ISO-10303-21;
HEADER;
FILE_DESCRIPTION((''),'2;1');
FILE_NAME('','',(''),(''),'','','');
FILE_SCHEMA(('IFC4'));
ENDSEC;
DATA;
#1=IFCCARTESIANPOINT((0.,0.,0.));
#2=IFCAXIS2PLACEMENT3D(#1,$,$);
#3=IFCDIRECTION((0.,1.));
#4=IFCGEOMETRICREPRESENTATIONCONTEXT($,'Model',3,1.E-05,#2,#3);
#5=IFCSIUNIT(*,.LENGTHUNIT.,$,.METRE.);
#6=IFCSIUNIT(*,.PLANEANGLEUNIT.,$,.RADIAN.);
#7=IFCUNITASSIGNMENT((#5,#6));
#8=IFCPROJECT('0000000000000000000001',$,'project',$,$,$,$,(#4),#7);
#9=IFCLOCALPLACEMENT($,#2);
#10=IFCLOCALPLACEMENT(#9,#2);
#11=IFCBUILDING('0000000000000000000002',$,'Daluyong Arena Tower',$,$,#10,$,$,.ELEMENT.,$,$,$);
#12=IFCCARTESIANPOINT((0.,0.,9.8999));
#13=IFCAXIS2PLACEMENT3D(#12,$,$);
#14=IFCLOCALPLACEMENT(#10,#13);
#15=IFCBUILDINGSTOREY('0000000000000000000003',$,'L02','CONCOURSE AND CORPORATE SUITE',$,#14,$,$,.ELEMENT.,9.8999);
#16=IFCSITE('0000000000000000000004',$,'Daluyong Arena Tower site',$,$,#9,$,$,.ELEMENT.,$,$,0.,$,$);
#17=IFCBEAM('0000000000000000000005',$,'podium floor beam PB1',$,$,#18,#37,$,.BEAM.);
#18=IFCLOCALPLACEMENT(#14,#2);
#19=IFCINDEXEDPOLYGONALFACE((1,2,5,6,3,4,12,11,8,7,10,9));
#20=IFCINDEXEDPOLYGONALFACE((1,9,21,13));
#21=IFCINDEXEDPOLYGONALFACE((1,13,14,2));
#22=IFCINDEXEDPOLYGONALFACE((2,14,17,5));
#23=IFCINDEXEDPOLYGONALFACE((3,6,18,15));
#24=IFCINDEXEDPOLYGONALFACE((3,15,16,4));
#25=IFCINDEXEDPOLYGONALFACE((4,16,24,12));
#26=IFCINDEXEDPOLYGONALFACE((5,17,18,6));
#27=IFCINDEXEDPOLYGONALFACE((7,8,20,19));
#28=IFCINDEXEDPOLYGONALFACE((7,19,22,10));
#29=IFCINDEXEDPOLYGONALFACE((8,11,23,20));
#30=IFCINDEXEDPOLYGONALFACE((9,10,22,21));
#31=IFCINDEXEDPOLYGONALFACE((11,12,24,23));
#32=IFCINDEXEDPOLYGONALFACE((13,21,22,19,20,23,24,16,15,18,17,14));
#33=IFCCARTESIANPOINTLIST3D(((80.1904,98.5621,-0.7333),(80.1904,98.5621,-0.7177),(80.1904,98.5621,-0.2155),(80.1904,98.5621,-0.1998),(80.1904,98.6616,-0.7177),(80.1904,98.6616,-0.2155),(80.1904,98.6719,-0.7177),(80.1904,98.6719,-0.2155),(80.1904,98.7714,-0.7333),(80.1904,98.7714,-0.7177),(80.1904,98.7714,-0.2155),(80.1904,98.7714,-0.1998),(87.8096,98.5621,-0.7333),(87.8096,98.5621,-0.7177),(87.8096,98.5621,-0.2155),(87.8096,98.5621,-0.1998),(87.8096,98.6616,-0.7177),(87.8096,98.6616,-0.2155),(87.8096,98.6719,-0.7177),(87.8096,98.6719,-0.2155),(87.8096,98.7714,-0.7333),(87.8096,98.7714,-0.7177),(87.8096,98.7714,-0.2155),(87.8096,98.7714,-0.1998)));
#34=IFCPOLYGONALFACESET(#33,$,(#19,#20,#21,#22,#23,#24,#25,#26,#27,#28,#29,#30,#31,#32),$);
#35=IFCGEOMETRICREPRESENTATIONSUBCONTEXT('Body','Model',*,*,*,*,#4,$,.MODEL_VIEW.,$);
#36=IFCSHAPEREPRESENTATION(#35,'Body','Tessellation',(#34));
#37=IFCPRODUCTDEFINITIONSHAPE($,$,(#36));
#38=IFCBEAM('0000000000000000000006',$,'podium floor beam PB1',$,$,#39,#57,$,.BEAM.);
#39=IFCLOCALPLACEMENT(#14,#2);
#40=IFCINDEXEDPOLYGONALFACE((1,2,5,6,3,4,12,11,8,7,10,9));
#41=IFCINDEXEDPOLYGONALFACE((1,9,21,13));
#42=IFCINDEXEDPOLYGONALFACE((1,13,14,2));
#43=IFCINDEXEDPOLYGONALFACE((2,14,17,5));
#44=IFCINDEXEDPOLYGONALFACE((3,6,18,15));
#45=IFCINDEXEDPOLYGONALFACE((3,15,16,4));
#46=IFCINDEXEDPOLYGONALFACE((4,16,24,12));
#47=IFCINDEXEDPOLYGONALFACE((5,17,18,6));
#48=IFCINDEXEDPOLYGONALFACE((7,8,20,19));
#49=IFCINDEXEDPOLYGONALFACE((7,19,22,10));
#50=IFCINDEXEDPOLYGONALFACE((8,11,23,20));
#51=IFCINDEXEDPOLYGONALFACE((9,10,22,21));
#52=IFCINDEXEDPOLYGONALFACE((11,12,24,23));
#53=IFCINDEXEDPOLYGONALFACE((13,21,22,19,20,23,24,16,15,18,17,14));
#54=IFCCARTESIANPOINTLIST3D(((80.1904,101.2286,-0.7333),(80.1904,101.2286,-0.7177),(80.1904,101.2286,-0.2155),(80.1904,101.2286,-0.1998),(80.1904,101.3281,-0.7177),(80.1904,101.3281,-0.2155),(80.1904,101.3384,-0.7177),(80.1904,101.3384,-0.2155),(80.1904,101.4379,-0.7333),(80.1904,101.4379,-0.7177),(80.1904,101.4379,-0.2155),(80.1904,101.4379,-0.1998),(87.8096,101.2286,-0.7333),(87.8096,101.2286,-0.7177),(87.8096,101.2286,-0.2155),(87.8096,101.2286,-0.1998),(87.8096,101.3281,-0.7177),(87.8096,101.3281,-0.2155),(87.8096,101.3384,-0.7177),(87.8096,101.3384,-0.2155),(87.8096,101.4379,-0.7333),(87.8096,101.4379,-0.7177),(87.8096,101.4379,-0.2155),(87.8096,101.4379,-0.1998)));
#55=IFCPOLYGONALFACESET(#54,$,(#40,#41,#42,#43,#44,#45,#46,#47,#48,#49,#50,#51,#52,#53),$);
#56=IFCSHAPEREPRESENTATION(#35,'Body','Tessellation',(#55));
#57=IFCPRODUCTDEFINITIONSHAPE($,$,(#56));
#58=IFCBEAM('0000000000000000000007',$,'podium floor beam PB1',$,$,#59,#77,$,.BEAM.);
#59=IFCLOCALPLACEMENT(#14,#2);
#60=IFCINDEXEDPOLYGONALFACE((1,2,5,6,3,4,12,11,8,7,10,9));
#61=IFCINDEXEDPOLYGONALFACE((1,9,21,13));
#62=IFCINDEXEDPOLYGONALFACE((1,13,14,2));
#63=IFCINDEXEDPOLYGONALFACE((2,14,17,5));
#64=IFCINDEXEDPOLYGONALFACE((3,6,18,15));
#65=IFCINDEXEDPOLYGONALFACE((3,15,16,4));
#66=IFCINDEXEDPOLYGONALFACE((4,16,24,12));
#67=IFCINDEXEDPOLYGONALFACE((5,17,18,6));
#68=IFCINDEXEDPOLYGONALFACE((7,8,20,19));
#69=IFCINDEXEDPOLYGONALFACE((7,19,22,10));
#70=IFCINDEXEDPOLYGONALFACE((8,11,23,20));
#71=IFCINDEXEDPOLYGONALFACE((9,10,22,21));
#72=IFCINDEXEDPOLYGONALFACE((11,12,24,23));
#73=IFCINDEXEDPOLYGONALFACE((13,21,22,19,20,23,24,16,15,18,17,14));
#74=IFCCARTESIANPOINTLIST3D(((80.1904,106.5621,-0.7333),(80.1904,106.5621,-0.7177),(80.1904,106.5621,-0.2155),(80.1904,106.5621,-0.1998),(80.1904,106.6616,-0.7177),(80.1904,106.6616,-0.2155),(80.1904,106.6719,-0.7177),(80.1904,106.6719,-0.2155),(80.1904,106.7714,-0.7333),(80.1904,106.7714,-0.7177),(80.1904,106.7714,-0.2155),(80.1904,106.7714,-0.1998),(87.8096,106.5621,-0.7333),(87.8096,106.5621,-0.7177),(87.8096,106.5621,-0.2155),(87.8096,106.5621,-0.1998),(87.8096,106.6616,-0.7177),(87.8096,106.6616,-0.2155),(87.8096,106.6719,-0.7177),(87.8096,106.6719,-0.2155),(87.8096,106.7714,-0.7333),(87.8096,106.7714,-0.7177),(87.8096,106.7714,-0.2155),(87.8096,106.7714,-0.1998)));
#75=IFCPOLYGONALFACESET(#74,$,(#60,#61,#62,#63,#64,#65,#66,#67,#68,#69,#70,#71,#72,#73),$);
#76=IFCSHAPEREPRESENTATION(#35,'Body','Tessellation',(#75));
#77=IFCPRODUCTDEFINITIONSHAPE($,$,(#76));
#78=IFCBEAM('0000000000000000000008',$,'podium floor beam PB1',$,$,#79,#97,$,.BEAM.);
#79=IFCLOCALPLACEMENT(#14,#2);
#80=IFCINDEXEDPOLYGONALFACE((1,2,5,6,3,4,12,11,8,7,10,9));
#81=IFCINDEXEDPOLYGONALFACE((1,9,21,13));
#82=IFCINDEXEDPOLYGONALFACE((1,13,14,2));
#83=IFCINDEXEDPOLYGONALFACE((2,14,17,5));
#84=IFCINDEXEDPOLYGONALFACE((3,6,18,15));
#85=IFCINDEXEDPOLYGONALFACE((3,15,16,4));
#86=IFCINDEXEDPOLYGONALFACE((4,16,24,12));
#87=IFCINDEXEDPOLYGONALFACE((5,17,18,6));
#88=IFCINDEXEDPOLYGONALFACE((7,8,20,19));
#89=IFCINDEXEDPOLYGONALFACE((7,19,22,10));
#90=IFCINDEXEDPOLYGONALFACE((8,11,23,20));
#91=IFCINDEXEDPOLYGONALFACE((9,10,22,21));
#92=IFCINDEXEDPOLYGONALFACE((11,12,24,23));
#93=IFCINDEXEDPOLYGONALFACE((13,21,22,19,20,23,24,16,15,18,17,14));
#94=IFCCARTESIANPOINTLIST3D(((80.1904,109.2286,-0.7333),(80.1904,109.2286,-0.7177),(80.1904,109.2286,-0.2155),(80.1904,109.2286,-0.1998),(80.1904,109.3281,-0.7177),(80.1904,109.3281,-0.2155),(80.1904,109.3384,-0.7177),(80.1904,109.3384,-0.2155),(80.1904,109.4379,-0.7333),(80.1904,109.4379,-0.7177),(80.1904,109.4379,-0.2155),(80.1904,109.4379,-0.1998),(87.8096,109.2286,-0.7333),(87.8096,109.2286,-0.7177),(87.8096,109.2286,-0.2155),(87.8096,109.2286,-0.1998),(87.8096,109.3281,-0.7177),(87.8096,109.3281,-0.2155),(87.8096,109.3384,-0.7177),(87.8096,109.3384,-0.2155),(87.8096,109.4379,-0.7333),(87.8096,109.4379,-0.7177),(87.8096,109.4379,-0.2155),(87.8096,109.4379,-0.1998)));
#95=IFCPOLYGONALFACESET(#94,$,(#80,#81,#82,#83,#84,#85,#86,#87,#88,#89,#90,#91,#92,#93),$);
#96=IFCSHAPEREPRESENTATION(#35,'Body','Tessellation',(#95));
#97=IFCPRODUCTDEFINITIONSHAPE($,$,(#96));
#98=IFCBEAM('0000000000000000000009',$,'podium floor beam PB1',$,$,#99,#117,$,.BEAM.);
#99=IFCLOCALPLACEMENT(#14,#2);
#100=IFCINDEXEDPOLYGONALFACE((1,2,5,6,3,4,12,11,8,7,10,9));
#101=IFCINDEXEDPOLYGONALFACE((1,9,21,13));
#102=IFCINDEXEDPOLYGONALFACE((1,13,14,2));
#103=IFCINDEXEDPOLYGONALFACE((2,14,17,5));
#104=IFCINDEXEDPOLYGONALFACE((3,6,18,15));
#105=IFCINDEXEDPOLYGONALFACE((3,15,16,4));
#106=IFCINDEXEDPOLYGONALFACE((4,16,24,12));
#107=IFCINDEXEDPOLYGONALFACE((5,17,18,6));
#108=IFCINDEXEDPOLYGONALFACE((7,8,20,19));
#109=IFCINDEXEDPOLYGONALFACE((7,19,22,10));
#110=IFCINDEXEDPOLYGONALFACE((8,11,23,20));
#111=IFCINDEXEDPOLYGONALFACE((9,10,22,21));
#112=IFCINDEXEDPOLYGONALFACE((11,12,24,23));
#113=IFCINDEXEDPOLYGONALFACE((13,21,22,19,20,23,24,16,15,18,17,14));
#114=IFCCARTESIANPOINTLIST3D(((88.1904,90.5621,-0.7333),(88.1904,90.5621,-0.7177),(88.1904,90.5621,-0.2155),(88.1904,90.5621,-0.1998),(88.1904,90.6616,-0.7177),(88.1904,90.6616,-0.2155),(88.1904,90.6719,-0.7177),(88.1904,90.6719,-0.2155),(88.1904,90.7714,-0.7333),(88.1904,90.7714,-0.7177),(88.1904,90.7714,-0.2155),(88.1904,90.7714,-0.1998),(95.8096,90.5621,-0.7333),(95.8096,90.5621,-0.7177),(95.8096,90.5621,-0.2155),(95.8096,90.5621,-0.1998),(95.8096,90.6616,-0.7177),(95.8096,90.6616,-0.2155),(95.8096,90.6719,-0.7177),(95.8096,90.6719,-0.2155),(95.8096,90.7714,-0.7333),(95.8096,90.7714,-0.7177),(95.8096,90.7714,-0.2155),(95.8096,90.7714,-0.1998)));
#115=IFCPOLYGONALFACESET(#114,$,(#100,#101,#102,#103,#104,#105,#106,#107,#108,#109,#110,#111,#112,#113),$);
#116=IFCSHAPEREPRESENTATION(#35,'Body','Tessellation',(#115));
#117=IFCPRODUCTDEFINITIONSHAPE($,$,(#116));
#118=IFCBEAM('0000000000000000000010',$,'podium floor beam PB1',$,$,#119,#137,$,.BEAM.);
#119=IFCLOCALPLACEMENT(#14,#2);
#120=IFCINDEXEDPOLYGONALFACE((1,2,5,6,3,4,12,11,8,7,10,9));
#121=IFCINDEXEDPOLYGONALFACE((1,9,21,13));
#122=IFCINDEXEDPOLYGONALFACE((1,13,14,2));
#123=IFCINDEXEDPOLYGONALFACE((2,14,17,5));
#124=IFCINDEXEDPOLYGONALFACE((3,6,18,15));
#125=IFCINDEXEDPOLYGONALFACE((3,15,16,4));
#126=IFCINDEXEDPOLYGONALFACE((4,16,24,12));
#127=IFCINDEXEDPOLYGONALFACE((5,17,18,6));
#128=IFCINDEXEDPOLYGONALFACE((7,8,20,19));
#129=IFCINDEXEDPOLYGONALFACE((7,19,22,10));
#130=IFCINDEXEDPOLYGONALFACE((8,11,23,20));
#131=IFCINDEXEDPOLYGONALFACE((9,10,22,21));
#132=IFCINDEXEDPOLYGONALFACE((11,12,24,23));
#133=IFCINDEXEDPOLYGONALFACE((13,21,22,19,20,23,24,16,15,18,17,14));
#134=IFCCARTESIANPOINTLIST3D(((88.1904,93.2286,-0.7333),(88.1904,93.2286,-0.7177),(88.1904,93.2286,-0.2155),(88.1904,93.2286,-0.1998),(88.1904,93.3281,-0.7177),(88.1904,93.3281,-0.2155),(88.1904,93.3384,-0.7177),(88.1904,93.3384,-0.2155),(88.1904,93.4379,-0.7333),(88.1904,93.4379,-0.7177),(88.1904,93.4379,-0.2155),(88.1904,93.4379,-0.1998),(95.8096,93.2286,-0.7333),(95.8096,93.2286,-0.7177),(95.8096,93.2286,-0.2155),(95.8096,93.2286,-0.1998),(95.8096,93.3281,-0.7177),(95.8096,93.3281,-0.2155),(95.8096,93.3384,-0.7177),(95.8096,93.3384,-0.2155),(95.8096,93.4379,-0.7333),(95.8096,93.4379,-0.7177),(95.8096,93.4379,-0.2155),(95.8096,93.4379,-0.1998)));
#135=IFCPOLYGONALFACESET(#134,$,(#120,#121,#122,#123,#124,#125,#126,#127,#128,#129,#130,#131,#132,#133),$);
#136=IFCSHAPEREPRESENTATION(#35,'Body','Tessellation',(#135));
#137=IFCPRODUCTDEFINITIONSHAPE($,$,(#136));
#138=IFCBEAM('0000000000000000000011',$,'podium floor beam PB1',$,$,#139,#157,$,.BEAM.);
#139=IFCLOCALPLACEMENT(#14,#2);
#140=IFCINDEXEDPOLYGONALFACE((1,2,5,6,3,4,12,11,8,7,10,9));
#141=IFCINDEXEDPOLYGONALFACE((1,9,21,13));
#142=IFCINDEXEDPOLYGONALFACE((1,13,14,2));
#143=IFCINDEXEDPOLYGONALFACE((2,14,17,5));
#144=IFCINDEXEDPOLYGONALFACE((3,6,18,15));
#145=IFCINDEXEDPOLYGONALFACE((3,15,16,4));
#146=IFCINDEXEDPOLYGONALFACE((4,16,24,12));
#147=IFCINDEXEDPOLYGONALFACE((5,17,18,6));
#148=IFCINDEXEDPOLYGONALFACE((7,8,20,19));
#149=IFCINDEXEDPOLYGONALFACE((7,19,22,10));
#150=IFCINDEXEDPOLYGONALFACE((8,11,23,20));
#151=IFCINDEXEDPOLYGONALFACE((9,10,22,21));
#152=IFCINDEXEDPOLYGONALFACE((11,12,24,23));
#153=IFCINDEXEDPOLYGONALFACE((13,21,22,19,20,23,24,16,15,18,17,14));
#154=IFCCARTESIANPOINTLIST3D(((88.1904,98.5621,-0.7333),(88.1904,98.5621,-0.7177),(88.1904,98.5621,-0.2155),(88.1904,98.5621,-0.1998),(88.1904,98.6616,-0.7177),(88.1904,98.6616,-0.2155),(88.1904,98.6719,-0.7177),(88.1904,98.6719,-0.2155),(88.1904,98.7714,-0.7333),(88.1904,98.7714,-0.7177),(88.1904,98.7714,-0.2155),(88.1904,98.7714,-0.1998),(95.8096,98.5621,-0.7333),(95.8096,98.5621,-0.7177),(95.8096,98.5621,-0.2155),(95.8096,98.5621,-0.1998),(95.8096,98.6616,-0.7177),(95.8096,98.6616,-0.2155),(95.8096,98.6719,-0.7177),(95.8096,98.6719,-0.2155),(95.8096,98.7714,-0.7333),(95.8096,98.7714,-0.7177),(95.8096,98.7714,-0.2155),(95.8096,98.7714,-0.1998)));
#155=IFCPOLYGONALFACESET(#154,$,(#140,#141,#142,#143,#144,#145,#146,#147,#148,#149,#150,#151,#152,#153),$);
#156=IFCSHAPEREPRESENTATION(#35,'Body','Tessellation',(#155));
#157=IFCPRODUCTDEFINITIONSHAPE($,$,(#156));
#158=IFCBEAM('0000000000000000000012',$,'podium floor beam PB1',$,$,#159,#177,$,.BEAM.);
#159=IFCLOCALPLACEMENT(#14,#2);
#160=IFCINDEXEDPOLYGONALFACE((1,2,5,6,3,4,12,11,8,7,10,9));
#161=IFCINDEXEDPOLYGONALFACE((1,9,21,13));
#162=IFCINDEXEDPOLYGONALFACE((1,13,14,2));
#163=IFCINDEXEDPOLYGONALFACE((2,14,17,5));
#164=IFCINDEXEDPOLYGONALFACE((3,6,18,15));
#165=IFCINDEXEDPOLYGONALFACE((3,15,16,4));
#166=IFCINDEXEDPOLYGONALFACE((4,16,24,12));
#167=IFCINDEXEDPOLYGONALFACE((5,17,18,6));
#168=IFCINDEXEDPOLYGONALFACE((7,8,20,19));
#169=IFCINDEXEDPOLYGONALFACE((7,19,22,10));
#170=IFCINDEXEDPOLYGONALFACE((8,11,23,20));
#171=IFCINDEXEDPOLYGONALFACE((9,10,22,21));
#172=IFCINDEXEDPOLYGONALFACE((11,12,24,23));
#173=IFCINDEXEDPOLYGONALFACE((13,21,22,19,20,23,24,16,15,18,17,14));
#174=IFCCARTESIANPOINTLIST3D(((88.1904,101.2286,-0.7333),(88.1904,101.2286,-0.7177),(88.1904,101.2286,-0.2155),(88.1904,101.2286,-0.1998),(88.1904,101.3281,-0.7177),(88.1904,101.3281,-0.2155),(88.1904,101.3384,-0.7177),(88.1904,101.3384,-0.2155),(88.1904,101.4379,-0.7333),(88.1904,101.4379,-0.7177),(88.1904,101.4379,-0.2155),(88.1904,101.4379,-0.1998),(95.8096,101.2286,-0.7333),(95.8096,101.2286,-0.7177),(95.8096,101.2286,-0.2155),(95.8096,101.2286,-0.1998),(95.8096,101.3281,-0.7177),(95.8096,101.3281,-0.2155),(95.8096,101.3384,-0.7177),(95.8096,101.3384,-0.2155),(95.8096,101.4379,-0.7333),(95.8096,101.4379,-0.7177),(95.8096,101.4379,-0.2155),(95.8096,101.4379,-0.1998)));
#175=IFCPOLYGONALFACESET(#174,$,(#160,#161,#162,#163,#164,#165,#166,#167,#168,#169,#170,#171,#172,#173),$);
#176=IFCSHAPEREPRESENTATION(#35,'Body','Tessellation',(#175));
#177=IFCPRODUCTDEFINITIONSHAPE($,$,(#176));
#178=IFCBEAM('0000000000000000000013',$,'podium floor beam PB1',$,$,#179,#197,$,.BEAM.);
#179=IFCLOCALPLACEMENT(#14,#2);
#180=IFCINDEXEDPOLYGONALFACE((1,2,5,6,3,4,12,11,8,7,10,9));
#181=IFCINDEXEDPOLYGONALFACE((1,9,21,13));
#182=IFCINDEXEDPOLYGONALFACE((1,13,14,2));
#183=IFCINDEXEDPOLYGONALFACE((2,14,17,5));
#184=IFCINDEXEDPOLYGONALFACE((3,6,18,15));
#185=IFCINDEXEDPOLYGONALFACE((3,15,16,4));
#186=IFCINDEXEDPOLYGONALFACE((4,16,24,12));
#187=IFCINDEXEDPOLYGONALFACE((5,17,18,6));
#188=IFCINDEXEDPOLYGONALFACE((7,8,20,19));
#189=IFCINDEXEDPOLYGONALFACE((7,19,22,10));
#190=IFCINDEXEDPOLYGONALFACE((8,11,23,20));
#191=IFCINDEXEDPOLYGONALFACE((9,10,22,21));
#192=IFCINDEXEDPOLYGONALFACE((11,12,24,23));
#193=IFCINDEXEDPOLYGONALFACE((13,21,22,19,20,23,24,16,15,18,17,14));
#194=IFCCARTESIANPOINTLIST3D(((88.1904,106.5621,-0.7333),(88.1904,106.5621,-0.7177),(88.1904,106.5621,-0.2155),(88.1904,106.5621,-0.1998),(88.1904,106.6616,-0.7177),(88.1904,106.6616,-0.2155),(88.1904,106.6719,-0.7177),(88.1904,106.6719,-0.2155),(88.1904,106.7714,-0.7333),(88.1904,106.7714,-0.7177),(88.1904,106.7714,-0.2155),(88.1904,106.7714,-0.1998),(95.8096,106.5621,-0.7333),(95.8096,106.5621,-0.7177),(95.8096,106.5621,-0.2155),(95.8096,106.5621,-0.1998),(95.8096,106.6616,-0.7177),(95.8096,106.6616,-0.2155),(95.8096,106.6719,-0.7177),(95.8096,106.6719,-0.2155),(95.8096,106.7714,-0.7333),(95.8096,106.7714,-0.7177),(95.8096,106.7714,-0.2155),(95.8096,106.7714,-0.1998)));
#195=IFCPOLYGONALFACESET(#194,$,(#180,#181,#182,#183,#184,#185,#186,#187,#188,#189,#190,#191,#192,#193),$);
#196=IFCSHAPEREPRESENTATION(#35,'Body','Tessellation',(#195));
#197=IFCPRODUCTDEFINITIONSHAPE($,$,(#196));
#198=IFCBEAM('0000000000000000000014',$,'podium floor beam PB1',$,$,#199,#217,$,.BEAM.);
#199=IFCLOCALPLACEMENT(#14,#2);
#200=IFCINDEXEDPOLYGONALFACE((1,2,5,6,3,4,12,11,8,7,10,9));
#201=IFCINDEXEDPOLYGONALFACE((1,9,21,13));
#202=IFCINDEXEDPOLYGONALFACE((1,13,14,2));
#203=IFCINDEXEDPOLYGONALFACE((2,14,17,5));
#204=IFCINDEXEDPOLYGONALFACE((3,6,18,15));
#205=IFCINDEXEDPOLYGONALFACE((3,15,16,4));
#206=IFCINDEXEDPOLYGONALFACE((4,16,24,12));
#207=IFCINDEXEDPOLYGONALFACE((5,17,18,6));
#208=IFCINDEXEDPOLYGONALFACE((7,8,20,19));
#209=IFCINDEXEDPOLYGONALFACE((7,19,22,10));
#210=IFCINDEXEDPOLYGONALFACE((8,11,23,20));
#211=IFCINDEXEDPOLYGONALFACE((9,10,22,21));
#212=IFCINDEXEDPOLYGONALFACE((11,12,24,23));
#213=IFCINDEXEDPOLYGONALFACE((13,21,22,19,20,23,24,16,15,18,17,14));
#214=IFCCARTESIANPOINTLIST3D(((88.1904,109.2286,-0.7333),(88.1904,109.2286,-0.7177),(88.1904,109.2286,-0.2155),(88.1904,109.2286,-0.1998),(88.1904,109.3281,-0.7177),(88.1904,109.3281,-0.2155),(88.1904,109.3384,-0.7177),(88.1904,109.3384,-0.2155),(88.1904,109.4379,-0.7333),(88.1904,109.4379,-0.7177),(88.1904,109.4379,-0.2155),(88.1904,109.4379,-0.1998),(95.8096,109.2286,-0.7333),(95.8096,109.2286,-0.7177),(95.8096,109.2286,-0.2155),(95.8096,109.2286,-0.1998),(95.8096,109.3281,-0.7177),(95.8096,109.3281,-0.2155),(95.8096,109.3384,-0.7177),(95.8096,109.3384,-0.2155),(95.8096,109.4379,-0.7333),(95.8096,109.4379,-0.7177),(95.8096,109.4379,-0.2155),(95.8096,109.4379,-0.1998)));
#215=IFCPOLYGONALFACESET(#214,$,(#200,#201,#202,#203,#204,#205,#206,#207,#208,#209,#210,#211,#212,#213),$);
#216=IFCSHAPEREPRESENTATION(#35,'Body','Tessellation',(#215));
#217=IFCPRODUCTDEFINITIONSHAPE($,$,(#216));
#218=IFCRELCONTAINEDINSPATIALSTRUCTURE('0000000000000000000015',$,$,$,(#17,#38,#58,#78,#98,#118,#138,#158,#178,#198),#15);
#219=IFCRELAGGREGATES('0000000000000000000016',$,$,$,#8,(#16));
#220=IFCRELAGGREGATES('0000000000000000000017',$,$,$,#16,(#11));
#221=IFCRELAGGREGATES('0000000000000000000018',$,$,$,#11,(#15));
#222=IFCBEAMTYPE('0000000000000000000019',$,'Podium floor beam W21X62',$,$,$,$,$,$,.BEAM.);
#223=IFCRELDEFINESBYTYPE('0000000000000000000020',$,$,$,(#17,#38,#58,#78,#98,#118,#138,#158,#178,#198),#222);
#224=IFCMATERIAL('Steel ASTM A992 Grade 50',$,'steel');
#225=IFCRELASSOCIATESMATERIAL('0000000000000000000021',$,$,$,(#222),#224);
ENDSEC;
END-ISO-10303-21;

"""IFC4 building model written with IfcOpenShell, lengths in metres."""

from ifc_helpers import new_model, si_unit, direction, frame, origin, origin_2d, place, context, subcontext, project, spatial, i_section, extrude, material, material_profile, profile_set, type_object, element, save


model = new_model("IFC4")

# Units and contexts
model_context = context("Model", 3, precision=1e-05, world=origin(), true_north=direction((0.0, 1.0)))
body_context = subcontext(model_context, "Body", "Model", "MODEL_VIEW")
ifc_project = project(units=[si_unit("LENGTHUNIT", "METRE"), si_unit("PLANEANGLEUNIT", "RADIAN")], contexts=[model_context])

# Site, building, storey
site_placement = place(None, origin())
site = spatial("IfcSite", under=ifc_project, at=site_placement, Name="Daluyong Arena Tower site", CompositionType="ELEMENT", RefElevation=0.0)
building_placement = place(site_placement, origin())
building = spatial("IfcBuilding", under=site, at=building_placement, Name="Daluyong Arena Tower", CompositionType="ELEMENT")
storey_placement = place(building_placement, frame((0.0, 0.0, 9.8999)))
storey = spatial("IfcBuildingStorey", under=building, at=storey_placement, Name="L02", Description="CONCOURSE AND CORPORATE SUITE", CompositionType="ELEMENT", Elevation=9.8999)

# Beams
ifc_material_1 = material(Name="Steel ASTM A992 Grade 50", Category="steel")
ifc_material_profile_1 = material_profile(ifc_material_1, i_section(OverallWidth=0.2092, OverallDepth=0.5334, WebThickness=0.0103, FlangeThickness=0.0156, at=origin_2d()))
ifc_profile_set_1 = profile_set([ifc_material_profile_1], Name="Steel ASTM A992 Grade 50")
beam_type_1 = type_object("IfcBeamType", Name="Podium floor beam W21X62", PredefinedType="BEAM", material=ifc_profile_set_1)
for number, where, z_axis, x_axis, name in (
    (1, (80.1904, 98.6667, -0.4666), (1.0, 0.0, 0.0), (0.0, 1.0, 0.0), "podium floor beam PB1"),
    (2, (80.1904, 101.3333, -0.4666), (1.0, 0.0, 0.0), (0.0, 1.0, 0.0), "podium floor beam PB1"),
    (3, (80.1904, 106.6667, -0.4666), (1.0, 0.0, 0.0), (0.0, 1.0, 0.0), "podium floor beam PB1"),
    (4, (80.1904, 109.3333, -0.4666), (1.0, 0.0, 0.0), (0.0, 1.0, 0.0), "podium floor beam PB1"),
    (5, (88.1904, 90.6667, -0.4666), (1.0, 0.0, 0.0), (0.0, 1.0, 0.0), "podium floor beam PB1"),
    (6, (88.1904, 93.3333, -0.4666), (1.0, 0.0, 0.0), (0.0, 1.0, 0.0), "podium floor beam PB1"),
    (7, (88.1904, 98.6667, -0.4666), (1.0, 0.0, 0.0), (0.0, 1.0, 0.0), "podium floor beam PB1"),
    (8, (88.1904, 101.3333, -0.4666), (1.0, 0.0, 0.0), (0.0, 1.0, 0.0), "podium floor beam PB1"),
    (9, (88.1904, 106.6667, -0.4666), (1.0, 0.0, 0.0), (0.0, 1.0, 0.0), "podium floor beam PB1"),
    (10, (88.1904, 109.3333, -0.4666), (1.0, 0.0, 0.0), (0.0, 1.0, 0.0), "podium floor beam PB1"),
):
    element("IfcBeam", number, at=place(storey_placement, frame(where, z_axis=z_axis, x_axis=x_axis)), inside=storey, type_object=beam_type_1, Name=name, PredefinedType="BEAM", context=body_context, shape_type="SweptSolid", body=[
        extrude(i_section(OverallWidth=0.2092, OverallDepth=0.5334, WebThickness=0.0103, FlangeThickness=0.0156, at=origin_2d()), origin(), (0.0, 0.0, 1.0), 7.6191),
    ])

save(model, "model.ifc")
